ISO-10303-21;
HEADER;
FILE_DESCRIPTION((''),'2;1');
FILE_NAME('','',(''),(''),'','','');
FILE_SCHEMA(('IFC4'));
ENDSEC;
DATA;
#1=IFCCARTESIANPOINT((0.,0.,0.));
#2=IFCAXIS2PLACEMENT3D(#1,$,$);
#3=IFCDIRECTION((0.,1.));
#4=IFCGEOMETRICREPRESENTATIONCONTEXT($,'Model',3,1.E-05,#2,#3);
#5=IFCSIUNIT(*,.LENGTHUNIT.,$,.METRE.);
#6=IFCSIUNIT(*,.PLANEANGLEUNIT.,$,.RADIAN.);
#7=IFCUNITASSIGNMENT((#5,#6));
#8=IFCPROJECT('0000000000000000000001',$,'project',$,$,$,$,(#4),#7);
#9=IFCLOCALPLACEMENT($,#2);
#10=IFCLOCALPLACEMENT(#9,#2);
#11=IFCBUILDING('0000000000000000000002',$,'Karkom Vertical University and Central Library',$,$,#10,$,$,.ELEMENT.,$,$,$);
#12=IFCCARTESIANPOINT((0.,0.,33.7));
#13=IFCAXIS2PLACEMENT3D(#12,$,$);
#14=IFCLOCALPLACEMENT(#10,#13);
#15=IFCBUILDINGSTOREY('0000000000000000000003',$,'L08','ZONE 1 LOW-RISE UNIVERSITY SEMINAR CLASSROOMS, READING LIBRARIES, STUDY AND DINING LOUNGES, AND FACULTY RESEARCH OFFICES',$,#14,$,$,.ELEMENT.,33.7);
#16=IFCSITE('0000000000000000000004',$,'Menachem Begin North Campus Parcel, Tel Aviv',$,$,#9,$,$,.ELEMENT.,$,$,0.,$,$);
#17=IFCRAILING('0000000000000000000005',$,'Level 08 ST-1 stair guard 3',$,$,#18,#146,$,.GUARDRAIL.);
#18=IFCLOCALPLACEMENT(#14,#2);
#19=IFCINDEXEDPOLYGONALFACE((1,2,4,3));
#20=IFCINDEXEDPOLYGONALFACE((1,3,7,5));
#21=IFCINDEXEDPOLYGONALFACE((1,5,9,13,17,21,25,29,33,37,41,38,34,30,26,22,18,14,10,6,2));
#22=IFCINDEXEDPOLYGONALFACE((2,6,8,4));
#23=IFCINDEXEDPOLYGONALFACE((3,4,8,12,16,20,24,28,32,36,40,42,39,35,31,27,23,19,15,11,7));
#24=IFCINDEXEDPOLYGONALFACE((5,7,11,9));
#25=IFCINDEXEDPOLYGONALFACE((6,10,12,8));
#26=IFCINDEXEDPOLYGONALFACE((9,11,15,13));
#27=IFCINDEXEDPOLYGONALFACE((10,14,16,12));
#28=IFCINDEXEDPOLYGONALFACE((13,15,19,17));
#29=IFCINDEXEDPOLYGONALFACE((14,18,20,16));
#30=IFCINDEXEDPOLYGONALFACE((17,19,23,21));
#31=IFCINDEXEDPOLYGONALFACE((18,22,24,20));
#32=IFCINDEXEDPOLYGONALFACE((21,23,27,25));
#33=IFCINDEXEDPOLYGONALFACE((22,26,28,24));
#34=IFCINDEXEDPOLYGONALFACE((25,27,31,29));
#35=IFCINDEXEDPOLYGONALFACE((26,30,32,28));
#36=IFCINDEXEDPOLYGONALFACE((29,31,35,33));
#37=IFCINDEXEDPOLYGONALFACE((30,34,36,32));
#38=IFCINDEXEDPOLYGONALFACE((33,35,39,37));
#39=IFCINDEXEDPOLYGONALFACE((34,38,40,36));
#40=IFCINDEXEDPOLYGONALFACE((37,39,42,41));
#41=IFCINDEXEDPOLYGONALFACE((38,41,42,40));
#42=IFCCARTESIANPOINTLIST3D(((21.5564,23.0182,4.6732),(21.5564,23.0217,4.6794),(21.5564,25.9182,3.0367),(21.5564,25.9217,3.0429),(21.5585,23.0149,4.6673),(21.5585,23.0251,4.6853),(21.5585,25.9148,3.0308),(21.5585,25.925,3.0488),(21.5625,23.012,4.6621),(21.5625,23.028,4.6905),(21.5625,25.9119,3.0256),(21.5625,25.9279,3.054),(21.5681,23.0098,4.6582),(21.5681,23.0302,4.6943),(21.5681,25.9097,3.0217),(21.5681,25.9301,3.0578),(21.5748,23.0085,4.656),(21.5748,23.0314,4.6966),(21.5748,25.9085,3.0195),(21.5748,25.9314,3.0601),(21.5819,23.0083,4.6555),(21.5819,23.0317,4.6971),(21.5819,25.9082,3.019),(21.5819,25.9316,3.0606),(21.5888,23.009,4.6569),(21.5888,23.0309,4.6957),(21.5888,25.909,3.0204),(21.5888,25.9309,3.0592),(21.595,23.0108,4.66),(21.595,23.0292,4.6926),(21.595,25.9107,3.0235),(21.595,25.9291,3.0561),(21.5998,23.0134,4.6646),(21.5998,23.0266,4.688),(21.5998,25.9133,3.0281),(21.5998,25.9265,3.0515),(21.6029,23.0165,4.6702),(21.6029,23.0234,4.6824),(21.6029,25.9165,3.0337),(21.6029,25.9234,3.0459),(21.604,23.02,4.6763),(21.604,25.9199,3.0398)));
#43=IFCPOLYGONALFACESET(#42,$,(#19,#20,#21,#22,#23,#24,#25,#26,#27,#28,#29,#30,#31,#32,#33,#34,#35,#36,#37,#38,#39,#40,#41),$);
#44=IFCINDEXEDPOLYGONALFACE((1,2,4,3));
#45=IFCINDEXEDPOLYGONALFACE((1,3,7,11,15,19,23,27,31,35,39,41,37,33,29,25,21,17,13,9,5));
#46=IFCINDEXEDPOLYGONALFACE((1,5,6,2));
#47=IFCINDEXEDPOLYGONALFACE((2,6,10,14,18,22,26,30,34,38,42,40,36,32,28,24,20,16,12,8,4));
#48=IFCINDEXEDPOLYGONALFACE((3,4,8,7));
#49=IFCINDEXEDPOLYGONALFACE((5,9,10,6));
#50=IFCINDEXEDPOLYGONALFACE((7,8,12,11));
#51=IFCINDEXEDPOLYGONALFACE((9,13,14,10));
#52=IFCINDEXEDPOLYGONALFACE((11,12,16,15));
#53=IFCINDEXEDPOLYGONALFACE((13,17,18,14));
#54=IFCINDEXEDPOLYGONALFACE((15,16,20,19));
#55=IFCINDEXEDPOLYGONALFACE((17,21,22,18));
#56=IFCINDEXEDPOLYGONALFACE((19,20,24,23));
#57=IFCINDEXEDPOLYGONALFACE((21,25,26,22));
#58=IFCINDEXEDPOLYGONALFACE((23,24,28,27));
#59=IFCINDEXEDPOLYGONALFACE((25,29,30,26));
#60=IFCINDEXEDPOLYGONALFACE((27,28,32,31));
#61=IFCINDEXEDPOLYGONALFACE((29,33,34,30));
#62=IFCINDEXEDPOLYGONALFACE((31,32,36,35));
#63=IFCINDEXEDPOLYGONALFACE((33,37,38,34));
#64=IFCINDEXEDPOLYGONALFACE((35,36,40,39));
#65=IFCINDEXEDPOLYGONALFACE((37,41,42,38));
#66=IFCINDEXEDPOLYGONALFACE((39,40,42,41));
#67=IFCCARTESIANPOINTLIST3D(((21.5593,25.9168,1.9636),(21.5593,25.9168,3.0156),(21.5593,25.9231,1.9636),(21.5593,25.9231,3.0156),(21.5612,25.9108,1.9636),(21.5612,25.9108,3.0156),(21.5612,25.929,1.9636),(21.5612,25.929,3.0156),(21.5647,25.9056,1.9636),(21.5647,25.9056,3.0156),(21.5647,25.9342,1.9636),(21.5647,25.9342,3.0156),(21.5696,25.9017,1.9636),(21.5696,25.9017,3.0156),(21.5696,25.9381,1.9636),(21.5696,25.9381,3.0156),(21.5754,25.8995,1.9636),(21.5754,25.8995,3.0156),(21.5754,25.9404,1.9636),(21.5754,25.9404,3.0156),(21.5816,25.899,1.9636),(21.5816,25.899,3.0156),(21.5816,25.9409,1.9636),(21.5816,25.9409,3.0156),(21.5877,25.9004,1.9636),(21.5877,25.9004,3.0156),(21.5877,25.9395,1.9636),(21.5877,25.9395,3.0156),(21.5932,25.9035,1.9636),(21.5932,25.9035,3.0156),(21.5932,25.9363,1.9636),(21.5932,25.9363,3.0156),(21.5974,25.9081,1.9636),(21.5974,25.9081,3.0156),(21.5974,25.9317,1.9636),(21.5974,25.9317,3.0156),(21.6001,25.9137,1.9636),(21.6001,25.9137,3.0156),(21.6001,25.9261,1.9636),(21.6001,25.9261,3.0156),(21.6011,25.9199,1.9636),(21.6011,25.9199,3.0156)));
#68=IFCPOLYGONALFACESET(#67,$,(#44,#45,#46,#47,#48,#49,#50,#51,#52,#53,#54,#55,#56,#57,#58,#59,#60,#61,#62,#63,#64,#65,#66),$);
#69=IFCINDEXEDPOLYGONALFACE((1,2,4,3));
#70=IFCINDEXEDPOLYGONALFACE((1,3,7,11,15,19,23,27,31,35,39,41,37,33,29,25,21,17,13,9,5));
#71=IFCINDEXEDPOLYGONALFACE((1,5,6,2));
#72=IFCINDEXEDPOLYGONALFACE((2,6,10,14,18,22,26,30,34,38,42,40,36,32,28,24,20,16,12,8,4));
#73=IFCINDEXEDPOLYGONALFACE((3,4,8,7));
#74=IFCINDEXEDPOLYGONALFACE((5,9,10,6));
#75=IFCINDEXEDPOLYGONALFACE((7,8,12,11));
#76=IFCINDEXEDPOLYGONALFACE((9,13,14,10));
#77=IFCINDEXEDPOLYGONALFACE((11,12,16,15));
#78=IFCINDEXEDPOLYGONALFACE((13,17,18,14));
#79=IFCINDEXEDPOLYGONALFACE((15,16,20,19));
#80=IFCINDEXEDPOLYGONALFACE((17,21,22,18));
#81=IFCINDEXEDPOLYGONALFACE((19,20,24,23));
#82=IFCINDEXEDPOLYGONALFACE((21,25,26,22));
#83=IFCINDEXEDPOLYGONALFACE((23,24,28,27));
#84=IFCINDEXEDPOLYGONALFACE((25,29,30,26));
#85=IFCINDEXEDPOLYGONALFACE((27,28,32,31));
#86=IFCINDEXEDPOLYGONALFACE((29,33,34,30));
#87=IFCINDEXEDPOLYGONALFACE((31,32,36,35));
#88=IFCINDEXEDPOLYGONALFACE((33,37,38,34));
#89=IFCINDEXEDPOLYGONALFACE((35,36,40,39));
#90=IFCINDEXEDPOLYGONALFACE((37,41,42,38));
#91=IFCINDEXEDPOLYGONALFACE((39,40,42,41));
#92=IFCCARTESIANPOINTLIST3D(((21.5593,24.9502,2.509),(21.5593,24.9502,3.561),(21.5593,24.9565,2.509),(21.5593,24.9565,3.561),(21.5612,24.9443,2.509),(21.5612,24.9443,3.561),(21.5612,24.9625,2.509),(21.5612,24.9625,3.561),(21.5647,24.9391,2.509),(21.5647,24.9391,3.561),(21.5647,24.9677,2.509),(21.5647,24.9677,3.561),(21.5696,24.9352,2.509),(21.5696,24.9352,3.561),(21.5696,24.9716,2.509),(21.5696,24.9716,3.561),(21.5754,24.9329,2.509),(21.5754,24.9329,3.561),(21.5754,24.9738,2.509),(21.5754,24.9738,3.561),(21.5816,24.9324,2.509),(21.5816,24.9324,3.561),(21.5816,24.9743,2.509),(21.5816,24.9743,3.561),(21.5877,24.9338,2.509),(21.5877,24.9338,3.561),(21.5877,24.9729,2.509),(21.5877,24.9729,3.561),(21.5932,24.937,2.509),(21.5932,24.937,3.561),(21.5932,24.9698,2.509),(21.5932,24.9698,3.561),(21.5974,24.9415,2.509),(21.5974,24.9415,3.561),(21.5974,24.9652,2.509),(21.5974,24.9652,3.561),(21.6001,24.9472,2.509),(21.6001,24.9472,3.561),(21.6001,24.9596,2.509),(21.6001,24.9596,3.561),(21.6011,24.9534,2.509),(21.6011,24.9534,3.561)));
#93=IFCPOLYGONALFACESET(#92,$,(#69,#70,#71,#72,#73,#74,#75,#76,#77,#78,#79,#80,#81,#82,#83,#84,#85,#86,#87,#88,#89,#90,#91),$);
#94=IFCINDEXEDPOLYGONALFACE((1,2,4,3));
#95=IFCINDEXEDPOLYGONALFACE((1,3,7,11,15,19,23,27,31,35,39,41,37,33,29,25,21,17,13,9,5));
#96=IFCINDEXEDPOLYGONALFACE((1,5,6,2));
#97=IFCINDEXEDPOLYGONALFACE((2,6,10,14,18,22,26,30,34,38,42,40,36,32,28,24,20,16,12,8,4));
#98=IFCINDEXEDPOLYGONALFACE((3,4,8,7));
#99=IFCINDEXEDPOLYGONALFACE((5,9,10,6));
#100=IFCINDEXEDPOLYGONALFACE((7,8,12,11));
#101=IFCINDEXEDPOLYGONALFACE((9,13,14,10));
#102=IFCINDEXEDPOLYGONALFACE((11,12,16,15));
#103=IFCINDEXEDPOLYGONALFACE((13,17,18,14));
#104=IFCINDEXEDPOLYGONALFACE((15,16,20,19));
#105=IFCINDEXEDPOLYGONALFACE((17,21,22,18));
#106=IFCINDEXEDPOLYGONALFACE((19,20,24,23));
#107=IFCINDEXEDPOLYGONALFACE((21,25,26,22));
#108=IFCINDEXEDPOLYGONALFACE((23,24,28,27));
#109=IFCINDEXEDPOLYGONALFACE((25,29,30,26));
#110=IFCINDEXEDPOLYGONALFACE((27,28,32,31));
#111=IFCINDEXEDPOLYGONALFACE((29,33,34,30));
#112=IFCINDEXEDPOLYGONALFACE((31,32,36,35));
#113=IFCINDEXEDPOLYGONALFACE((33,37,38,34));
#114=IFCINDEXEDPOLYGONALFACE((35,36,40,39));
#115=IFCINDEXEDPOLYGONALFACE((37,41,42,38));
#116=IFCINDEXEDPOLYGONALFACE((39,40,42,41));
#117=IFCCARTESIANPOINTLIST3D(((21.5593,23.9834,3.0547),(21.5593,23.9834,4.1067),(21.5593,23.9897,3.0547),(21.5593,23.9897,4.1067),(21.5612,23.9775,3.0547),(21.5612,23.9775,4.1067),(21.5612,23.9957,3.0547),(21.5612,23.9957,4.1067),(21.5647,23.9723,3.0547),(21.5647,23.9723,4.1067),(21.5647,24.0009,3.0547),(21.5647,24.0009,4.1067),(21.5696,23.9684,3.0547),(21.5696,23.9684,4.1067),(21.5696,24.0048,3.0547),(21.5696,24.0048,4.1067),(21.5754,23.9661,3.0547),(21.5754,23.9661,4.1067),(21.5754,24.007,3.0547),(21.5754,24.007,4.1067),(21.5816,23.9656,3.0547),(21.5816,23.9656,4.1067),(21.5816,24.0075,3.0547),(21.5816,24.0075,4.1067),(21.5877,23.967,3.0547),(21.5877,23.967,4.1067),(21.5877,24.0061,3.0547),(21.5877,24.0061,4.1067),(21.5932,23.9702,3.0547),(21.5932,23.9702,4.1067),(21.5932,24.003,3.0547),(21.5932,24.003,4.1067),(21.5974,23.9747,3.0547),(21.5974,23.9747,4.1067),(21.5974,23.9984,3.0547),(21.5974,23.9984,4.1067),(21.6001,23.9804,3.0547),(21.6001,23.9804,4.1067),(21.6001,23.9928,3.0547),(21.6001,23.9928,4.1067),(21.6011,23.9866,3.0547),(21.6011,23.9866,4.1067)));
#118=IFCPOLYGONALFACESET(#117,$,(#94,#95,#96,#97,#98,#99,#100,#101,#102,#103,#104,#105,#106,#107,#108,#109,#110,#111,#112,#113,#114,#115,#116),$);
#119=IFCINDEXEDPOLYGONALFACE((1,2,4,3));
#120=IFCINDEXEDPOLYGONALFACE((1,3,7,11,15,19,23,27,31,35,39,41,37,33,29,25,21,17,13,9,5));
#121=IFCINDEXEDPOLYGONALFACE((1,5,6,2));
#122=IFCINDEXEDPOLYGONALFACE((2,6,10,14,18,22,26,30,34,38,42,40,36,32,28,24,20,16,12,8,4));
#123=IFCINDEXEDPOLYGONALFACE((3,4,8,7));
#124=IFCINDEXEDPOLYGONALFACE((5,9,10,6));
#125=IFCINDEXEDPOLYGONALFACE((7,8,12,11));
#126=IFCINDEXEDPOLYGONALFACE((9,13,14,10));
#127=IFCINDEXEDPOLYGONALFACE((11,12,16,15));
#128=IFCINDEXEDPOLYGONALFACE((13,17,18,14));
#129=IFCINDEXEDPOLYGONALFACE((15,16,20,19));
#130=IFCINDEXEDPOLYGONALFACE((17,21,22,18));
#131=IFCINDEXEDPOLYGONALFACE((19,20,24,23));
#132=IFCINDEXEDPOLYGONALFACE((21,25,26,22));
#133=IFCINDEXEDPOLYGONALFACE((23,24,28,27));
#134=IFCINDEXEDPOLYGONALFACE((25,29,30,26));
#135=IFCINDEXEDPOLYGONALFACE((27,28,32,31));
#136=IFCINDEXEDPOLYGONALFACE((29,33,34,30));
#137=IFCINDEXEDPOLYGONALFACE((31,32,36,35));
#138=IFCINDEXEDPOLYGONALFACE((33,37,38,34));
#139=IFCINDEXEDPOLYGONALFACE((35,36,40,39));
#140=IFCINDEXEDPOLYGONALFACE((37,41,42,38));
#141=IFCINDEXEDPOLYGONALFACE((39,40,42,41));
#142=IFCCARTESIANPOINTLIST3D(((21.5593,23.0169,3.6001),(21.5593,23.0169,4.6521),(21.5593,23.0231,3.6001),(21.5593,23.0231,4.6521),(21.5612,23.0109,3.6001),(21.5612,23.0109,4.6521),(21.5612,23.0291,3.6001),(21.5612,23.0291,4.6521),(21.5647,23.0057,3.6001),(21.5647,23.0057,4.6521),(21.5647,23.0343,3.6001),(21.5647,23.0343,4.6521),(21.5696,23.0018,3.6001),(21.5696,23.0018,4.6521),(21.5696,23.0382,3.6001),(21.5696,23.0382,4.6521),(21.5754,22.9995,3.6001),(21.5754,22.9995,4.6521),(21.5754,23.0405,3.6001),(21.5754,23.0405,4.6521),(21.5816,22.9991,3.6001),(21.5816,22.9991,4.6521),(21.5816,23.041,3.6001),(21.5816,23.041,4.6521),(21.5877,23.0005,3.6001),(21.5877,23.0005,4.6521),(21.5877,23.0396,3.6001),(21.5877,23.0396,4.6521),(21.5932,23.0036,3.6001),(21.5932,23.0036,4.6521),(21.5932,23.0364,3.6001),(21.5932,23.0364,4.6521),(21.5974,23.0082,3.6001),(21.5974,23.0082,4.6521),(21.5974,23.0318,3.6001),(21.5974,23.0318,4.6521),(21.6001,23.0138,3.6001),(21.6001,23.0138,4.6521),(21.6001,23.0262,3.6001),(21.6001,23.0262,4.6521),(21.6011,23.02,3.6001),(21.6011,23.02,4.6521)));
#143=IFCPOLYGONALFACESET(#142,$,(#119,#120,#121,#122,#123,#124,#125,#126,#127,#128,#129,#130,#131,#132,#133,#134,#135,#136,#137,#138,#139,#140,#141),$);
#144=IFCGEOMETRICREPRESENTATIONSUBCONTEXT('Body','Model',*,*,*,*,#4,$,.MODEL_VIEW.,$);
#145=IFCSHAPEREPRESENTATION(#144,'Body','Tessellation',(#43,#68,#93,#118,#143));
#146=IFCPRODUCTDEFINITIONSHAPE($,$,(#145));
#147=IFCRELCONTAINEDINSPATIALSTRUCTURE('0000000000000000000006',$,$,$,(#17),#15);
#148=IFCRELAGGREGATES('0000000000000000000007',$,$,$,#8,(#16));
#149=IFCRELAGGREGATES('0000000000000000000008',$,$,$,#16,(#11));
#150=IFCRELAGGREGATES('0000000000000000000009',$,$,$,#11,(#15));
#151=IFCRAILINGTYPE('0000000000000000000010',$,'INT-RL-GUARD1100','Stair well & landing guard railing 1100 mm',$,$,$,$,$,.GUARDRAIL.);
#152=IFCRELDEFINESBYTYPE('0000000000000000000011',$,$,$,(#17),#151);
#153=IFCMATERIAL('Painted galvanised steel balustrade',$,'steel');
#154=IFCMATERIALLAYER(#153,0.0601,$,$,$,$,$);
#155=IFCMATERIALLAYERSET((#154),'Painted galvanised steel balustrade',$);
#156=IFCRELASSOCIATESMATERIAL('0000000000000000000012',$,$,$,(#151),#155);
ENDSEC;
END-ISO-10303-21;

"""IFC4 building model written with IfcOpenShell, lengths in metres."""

from ifc_helpers import new_model, si_unit, direction, frame, origin, origin_2d, place, context, subcontext, project, spatial, circle, extrude, material, layer, layer_set, type_object, element, save


model = new_model("IFC4")

# Units and contexts
model_context = context("Model", 3, precision=1e-05, world=origin(), true_north=direction((0.0, 1.0)))
body_context = subcontext(model_context, "Body", "Model", "MODEL_VIEW")
ifc_project = project(units=[si_unit("LENGTHUNIT", "METRE"), si_unit("PLANEANGLEUNIT", "RADIAN")], contexts=[model_context])

# Site, building, storey
site_placement = place(None, origin())
site = spatial("IfcSite", under=ifc_project, at=site_placement, Name="Menachem Begin North Campus Parcel, Tel Aviv", CompositionType="ELEMENT", RefElevation=0.0)
building_placement = place(site_placement, origin())
building = spatial("IfcBuilding", under=site, at=building_placement, Name="Karkom Vertical University and Central Library", CompositionType="ELEMENT")
storey_placement = place(building_placement, frame((0.0, 0.0, 33.7)))
storey = spatial("IfcBuildingStorey", under=building, at=storey_placement, Name="L08", Description="ZONE 1 LOW-RISE UNIVERSITY SEMINAR CLASSROOMS, READING LIBRARIES, STUDY AND DINING LOUNGES, AND FACULTY RESEARCH OFFICES", CompositionType="ELEMENT", Elevation=33.7)

# Railing
ifc_material_1 = material(Name="Painted galvanised steel balustrade", Category="steel")
ifc_layer_1 = layer(ifc_material_1, 0.0601)
ifc_layer_set_1 = layer_set([ifc_layer_1], Name="Painted galvanised steel balustrade")
railing_type_1 = type_object("IfcRailingType", Name="INT-RL-GUARD1100", Description="Stair well & landing guard railing 1100 mm", PredefinedType="GUARDRAIL", material=ifc_layer_set_1)
railing_1_placement = place(storey_placement, frame((21.5801, 25.9199, 1.9636)))
element("IfcRailing", 1, at=railing_1_placement, inside=storey, type_object=railing_type_1, Name="Level 08 ST-1 stair guard 3", PredefinedType="GUARDRAIL", context=body_context, shape_type="SweptSolid", body=[
    extrude(circle(Radius=0.0239, at=origin_2d()), frame((0.0, 0.0, 1.0762), z_axis=(0.0, -0.870897, 0.491465), x_axis=(1.0, 0.0, 0.0)), (0.0, 0.0, 1.0), 3.3298),
    extrude(circle(Radius=0.021, at=origin_2d()), origin(), (0.0, 0.0, 1.0), 1.052),
    extrude(circle(Radius=0.021, at=origin_2d()), frame((0.0, -0.9666, 0.5454)), (0.0, 0.0, 1.0), 1.052),
    extrude(circle(Radius=0.021, at=origin_2d()), frame((0.0, -1.9333, 1.0911)), (0.0, 0.0, 1.0), 1.052),
    extrude(circle(Radius=0.021, at=origin_2d()), frame((0.0, -2.8999, 1.6365)), (0.0, 0.0, 1.0), 1.052),
])

save(model, "model.ifc")
